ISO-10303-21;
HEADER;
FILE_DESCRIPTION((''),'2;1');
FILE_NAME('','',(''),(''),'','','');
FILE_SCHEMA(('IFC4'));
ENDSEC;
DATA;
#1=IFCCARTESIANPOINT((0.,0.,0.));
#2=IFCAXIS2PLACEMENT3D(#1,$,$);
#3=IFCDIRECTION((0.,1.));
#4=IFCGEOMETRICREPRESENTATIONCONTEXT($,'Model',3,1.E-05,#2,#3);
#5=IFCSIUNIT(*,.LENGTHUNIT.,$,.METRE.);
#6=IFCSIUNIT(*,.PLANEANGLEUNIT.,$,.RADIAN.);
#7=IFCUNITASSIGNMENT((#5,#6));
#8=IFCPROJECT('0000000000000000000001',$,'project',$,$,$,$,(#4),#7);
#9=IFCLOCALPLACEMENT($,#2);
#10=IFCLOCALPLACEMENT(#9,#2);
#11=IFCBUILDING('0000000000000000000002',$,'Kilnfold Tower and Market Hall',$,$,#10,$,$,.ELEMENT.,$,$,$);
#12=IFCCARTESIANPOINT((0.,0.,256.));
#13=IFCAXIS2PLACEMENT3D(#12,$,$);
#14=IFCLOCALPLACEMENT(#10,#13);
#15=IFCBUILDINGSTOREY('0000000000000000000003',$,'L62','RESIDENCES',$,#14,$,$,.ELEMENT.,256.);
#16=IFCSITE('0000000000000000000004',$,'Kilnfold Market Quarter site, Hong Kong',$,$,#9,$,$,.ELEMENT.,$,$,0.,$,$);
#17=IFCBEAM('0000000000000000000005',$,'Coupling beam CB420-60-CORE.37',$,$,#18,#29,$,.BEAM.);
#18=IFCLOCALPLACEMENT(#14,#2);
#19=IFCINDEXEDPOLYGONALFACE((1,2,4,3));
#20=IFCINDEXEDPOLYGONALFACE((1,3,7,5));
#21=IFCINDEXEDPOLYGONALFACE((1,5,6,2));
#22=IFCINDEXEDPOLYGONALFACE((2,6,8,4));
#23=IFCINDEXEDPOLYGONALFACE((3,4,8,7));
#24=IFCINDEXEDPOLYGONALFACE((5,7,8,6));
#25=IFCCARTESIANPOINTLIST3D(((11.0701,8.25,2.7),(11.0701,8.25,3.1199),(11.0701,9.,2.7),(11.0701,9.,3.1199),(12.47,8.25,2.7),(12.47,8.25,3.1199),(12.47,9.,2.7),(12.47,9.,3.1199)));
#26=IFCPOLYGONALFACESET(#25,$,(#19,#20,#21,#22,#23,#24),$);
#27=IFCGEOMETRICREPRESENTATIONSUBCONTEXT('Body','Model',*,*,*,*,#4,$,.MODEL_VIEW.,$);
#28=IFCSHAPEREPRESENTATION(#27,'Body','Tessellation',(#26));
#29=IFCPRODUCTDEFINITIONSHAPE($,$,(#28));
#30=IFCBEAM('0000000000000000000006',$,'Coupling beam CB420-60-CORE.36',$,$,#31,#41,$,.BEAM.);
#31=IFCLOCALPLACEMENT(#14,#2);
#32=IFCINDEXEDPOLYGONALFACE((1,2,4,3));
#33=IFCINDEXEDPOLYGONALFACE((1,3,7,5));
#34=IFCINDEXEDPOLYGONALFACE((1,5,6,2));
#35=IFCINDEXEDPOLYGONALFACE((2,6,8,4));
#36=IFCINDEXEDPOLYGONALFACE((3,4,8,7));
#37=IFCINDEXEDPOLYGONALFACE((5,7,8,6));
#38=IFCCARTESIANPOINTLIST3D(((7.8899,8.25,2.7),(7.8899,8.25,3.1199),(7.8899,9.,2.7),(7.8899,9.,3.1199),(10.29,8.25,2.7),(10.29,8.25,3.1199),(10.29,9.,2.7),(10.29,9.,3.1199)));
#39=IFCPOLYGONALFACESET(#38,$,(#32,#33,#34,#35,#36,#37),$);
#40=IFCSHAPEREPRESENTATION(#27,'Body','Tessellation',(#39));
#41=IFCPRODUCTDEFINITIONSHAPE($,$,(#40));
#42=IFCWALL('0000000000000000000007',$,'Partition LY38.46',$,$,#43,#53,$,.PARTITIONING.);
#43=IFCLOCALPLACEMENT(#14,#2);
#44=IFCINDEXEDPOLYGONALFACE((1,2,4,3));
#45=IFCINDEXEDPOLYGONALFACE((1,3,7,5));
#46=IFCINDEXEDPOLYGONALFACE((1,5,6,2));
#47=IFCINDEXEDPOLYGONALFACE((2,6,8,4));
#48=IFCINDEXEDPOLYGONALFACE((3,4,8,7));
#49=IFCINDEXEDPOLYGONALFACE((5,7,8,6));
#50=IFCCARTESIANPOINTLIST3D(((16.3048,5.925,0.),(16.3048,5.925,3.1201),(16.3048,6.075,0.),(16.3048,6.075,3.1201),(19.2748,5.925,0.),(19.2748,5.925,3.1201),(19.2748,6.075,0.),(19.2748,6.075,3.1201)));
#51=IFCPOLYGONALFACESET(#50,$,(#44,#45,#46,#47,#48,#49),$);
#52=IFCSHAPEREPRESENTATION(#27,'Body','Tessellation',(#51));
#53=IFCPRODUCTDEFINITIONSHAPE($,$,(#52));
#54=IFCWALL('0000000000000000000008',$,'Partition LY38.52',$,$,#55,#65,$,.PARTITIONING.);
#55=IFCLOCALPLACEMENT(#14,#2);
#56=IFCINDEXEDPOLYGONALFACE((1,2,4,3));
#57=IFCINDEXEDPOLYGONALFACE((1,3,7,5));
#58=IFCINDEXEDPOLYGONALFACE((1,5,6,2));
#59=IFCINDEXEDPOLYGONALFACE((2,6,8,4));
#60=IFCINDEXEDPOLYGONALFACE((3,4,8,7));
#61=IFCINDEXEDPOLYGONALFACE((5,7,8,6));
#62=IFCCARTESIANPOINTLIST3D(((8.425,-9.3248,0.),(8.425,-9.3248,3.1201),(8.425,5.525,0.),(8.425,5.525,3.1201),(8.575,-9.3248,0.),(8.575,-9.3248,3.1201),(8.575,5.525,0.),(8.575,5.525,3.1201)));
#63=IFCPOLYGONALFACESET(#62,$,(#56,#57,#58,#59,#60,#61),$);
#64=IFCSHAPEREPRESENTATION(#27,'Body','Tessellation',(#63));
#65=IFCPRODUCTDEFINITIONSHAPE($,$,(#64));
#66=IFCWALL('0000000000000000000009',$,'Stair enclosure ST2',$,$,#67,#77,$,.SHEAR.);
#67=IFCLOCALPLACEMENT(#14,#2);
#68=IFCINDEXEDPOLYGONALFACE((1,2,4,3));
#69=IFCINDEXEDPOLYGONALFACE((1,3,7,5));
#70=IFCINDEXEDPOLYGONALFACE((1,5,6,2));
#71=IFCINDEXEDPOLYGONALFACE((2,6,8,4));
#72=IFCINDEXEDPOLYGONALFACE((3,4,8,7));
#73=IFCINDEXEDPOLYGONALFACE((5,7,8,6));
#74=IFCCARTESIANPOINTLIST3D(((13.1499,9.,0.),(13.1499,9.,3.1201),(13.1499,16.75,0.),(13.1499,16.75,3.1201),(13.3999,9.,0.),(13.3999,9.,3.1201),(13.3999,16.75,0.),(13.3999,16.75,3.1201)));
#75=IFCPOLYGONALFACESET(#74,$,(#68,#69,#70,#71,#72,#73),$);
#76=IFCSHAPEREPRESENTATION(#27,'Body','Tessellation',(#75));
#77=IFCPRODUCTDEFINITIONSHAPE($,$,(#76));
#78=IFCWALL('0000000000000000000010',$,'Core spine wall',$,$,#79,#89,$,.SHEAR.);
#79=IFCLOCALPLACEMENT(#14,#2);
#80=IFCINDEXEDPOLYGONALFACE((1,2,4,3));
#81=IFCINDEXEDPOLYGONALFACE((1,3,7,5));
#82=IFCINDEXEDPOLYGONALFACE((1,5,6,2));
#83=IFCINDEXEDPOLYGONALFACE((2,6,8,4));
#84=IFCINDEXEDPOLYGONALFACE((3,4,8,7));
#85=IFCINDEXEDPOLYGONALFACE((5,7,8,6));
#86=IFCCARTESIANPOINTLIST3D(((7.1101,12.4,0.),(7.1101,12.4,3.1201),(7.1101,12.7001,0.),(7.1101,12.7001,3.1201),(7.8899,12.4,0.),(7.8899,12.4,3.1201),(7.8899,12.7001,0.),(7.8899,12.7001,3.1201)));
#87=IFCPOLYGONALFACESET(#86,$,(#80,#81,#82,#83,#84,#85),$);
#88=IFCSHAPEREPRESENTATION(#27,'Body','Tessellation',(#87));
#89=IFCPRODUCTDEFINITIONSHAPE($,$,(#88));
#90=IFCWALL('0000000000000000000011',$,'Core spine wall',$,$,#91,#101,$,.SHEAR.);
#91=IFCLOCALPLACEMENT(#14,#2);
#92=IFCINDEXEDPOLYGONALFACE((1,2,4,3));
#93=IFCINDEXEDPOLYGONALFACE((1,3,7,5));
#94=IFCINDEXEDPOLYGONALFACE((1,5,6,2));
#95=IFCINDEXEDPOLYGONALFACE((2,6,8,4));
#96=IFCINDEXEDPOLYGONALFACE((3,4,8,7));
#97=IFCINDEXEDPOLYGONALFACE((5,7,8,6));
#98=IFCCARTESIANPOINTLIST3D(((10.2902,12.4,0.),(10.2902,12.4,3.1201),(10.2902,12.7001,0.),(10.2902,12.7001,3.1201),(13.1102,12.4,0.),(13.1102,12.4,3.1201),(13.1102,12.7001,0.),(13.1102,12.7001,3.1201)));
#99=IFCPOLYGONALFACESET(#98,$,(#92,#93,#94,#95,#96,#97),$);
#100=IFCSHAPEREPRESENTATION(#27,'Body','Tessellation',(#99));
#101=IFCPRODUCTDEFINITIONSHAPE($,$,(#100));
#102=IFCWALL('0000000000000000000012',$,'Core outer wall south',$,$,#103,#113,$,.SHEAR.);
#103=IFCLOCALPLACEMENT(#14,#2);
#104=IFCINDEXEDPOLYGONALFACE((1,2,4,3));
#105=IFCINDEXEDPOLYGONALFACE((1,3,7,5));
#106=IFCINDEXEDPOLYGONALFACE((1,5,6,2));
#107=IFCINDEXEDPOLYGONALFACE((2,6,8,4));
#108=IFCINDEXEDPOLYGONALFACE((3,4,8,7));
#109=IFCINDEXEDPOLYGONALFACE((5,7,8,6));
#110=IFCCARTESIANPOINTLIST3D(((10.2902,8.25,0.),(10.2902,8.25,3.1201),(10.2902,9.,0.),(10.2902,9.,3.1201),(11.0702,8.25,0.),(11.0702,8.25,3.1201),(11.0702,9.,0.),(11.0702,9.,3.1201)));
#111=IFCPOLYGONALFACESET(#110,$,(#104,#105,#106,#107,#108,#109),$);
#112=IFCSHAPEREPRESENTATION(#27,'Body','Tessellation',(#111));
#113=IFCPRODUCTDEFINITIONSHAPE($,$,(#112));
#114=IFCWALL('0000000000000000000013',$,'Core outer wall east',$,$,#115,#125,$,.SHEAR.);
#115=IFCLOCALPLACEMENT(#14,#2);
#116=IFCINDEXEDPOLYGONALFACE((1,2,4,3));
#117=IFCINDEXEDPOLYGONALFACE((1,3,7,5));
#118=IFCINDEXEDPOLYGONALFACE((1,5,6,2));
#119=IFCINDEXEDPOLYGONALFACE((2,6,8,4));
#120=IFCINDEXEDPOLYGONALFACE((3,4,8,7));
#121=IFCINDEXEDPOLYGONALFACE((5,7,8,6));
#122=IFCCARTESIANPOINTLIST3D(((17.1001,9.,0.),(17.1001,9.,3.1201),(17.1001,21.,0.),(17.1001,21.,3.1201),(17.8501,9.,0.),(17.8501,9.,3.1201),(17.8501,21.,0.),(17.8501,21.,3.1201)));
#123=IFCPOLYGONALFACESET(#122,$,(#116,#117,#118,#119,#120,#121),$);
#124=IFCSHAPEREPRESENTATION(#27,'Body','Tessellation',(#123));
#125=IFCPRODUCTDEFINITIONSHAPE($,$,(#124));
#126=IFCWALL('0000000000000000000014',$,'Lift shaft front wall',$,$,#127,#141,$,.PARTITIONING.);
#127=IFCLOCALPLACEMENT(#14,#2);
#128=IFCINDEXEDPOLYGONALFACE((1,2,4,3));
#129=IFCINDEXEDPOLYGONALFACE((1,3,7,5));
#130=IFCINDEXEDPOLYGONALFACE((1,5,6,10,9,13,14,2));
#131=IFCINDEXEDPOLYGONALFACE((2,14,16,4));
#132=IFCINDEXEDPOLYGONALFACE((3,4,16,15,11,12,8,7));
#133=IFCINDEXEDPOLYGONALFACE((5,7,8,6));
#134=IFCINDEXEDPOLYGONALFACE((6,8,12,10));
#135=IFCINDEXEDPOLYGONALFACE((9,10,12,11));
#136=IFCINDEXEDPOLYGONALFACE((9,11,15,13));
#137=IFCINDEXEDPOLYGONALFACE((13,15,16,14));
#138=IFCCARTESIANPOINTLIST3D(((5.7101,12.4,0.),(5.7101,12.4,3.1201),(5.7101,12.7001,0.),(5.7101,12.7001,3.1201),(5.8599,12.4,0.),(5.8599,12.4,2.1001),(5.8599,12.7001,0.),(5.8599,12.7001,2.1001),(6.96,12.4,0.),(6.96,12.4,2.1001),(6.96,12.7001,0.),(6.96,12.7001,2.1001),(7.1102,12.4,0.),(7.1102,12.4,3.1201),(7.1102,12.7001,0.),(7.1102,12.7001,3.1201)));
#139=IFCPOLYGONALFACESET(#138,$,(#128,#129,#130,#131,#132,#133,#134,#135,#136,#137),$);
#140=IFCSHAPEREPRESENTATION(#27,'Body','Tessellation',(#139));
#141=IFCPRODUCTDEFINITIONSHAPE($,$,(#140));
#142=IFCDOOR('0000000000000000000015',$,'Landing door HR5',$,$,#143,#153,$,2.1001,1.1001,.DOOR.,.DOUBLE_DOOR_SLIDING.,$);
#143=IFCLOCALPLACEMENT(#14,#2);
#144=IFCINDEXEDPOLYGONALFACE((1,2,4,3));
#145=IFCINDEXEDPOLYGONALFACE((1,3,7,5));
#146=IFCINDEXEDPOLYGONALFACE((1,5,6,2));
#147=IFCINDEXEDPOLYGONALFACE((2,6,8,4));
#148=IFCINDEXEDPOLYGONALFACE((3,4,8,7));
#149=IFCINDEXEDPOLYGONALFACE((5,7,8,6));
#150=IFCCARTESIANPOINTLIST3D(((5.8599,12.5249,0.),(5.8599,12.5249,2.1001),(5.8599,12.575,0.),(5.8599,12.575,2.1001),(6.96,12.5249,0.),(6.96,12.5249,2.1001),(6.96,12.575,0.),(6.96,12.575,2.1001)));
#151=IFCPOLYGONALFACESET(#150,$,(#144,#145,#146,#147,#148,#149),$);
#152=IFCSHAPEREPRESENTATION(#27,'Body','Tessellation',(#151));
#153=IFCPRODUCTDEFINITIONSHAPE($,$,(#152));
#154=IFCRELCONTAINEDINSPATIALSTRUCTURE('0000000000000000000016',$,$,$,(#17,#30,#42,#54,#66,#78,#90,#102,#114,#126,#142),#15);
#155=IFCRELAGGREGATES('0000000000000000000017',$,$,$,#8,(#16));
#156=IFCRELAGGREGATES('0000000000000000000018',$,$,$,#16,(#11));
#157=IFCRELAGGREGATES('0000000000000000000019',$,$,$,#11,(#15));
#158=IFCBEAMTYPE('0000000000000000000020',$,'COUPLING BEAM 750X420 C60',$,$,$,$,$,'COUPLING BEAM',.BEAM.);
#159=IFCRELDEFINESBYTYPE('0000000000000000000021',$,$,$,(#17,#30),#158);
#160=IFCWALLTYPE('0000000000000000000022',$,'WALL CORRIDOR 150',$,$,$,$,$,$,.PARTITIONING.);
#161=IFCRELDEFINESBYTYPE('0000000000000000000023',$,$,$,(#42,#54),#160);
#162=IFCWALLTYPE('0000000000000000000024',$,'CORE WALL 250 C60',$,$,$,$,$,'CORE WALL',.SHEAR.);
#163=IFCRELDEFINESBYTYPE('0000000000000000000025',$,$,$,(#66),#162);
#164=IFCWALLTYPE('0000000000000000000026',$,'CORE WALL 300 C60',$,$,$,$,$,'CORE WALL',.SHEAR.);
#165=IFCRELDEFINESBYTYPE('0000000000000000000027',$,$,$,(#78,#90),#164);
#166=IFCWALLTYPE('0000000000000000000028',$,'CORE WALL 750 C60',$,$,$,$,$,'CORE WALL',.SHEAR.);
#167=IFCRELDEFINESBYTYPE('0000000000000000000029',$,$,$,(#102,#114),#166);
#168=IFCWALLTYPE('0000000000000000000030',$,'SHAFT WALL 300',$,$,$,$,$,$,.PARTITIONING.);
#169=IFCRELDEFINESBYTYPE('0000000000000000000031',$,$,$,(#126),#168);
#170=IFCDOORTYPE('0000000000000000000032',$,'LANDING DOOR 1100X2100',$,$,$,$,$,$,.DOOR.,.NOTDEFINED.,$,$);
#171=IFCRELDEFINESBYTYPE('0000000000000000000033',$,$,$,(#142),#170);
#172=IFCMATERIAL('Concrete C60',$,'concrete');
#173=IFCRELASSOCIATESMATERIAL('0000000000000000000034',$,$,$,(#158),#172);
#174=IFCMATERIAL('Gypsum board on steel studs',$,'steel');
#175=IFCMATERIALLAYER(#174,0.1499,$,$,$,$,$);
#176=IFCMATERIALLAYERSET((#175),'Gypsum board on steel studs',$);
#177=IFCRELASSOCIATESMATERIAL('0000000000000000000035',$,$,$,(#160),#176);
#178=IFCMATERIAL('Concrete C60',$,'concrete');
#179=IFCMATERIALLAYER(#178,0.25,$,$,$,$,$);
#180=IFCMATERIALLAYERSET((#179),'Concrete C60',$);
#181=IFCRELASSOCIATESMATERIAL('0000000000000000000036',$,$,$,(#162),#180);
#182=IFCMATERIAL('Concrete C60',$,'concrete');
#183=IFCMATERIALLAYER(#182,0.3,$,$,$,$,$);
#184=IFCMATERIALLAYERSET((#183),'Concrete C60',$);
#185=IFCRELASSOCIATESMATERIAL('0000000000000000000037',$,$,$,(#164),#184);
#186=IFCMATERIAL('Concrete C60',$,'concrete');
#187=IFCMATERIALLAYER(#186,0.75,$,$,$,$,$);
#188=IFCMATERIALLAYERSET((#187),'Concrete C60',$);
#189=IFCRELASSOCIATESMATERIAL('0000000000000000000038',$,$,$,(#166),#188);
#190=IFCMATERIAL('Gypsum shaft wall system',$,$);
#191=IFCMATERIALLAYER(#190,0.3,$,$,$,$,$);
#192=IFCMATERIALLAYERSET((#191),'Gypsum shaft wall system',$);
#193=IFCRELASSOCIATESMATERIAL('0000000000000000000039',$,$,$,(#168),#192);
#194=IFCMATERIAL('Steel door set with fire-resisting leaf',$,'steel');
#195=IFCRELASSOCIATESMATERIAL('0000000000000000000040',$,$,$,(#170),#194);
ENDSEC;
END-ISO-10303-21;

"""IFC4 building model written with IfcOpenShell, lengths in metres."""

from ifc_helpers import new_model, si_unit, direction, frame, frame_2d, origin, origin_2d, place, context, subcontext, project, spatial, rectangle, extrude, source, transform, mapped, material, layer, layer_set, material_profile, profile_set, type_object, element, fill, save


model = new_model("IFC4")

# Units and contexts
model_context = context("Model", 3, precision=1e-05, world=origin(), true_north=direction((0.0, 1.0)))
body_context = subcontext(model_context, "Body", "Model", "MODEL_VIEW")
ifc_project = project(units=[si_unit("LENGTHUNIT", "METRE"), si_unit("PLANEANGLEUNIT", "RADIAN")], contexts=[model_context])

# Site, building, storey
site_placement = place(None, origin())
site = spatial("IfcSite", under=ifc_project, at=site_placement, Name="Kilnfold Market Quarter site, Hong Kong", CompositionType="ELEMENT", RefElevation=0.0)
building_placement = place(site_placement, origin())
building = spatial("IfcBuilding", under=site, at=building_placement, Name="Kilnfold Tower and Market Hall", CompositionType="ELEMENT")
storey_placement = place(building_placement, frame((0.0, 0.0, 256.0)))
storey = spatial("IfcBuildingStorey", under=building, at=storey_placement, Name="L62", Description="RESIDENCES", CompositionType="ELEMENT", Elevation=256.0)

# Beams
ifc_material_1 = material(Name="Concrete C60", Category="concrete")
ifc_material_profile = material_profile(ifc_material_1, rectangle(XDim=0.75, YDim=0.4199, at=origin_2d()), Name="RC 750x420")
ifc_profile_set = profile_set([ifc_material_profile], Name="Concrete C60")
beam_type = type_object("IfcBeamType", Name="COUPLING BEAM 750X420 C60", ElementType="COUPLING BEAM", PredefinedType="BEAM", material=ifc_profile_set)
shared_shape_1 = source(origin(), body_context, "Body", "SweptSolid", [
    extrude(rectangle(XDim=0.75, YDim=0.4199, at=origin_2d()), origin(), (0.0, 0.0, 1.0), 1.3999),
])
beam_1_placement = place(storey_placement, frame((11.0701, 8.625, 2.9099), z_axis=(1.0, 0.0, 0.0), x_axis=(0.0, 1.0, 0.0)))
element("IfcBeam", 1, at=beam_1_placement, inside=storey, type_object=beam_type, Name="Coupling beam CB420-60-CORE.37", PredefinedType="BEAM", context=body_context, shape_type="MappedRepresentation", body=[
    mapped(shared_shape_1, transform((0.0, 0.0, 0.0))),
])
shared_shape_2 = source(origin(), body_context, "Body", "SweptSolid", [
    extrude(rectangle(XDim=0.75, YDim=0.4199, at=origin_2d()), origin(), (0.0, 0.0, 1.0), 2.4001),
])
beam_2_placement = place(storey_placement, frame((7.8899, 8.625, 2.9099), z_axis=(1.0, 0.0, 0.0), x_axis=(0.0, 1.0, 0.0)))
element("IfcBeam", 2, at=beam_2_placement, inside=storey, type_object=beam_type, Name="Coupling beam CB420-60-CORE.36", PredefinedType="BEAM", context=body_context, shape_type="MappedRepresentation", body=[
    mapped(shared_shape_2, transform((0.0, 0.0, 0.0))),
])

# Walls
ifc_material_2 = material(Name="Gypsum board on steel studs", Category="steel")
ifc_layer_1 = layer(ifc_material_2, 0.1499)
ifc_layer_set_1 = layer_set([ifc_layer_1], Name="Gypsum board on steel studs")
wall_type_1 = type_object("IfcWallType", Name="WALL CORRIDOR 150", PredefinedType="PARTITIONING", material=ifc_layer_set_1)
wall_1_placement = place(storey_placement, frame((16.3049, 6.0, 0.0), z_axis=(0.0, 0.0, 1.0), x_axis=(1.0, 0.0, 0.0)))
element("IfcWall", 3, at=wall_1_placement, inside=storey, type_object=wall_type_1, Name="Partition LY38.46", PredefinedType="PARTITIONING", context=body_context, shape_type="SweptSolid", body=[
    extrude(rectangle(XDim=2.97, YDim=0.1499, at=frame_2d((1.4849, 0.0))), origin(), (0.0, 0.0, 1.0), 3.1201),
])
wall_2_placement = place(storey_placement, frame((8.5, 5.5249, 0.0), z_axis=(0.0, 0.0, 1.0), x_axis=(0.0, -1.0, 0.0)))
element("IfcWall", 4, at=wall_2_placement, inside=storey, type_object=wall_type_1, Name="Partition LY38.52", PredefinedType="PARTITIONING", context=body_context, shape_type="SweptSolid", body=[
    extrude(rectangle(XDim=14.8499, YDim=0.1499, at=frame_2d((7.4248, 0.0))), origin(), (0.0, 0.0, 1.0), 3.1201),
])
ifc_material_3 = material(Name="Concrete C60", Category="concrete")
ifc_layer_2 = layer(ifc_material_3, 0.25)
ifc_layer_set_2 = layer_set([ifc_layer_2], Name="Concrete C60")
wall_type_2 = type_object("IfcWallType", Name="CORE WALL 250 C60", ElementType="CORE WALL", PredefinedType="SHEAR", material=ifc_layer_set_2)
shared_shape_3 = source(origin(), body_context, "Body", "SweptSolid", [
    extrude(rectangle(XDim=7.75, YDim=0.25, at=frame_2d((3.875, 0.0))), origin(), (0.0, 0.0, 1.0), 3.1201),
])
wall_3_placement = place(storey_placement, frame((13.2749, 9.0, 0.0), z_axis=(0.0, 0.0, 1.0), x_axis=(0.0, 1.0, 0.0)))
element("IfcWall", 5, at=wall_3_placement, inside=storey, type_object=wall_type_2, Name="Stair enclosure ST2", PredefinedType="SHEAR", context=body_context, shape_type="MappedRepresentation", body=[
    mapped(shared_shape_3, transform((0.0, 0.0, 0.0))),
])
ifc_material_4 = material(Name="Concrete C60", Category="concrete")
ifc_layer_3 = layer(ifc_material_4, 0.3)
ifc_layer_set_3 = layer_set([ifc_layer_3], Name="Concrete C60")
wall_type_3 = type_object("IfcWallType", Name="CORE WALL 300 C60", ElementType="CORE WALL", PredefinedType="SHEAR", material=ifc_layer_set_3)
shared_shape_4 = source(origin(), body_context, "Body", "SweptSolid", [
    extrude(rectangle(XDim=0.7798, YDim=0.3, at=frame_2d((0.3899, 0.0))), origin(), (0.0, 0.0, 1.0), 3.1201),
])
wall_4_placement = place(storey_placement, frame((7.1101, 12.55, 0.0), z_axis=(0.0, 0.0, 1.0), x_axis=(1.0, 0.0, 0.0)))
element("IfcWall", 6, at=wall_4_placement, inside=storey, type_object=wall_type_3, Name="Core spine wall", PredefinedType="SHEAR", context=body_context, shape_type="MappedRepresentation", body=[
    mapped(shared_shape_4, transform((0.0, 0.0, 0.0))),
])
shared_shape_5 = source(origin(), body_context, "Body", "SweptSolid", [
    extrude(rectangle(XDim=2.8201, YDim=0.3, at=frame_2d((1.4102, 0.0))), origin(), (0.0, 0.0, 1.0), 3.1201),
])
wall_5_placement = place(storey_placement, frame((10.29, 12.55, 0.0), z_axis=(0.0, 0.0, 1.0), x_axis=(1.0, 0.0, 0.0)))
element("IfcWall", 7, at=wall_5_placement, inside=storey, type_object=wall_type_3, Name="Core spine wall", PredefinedType="SHEAR", context=body_context, shape_type="MappedRepresentation", body=[
    mapped(shared_shape_5, transform((0.0, 0.0, 0.0))),
])
ifc_material_5 = material(Name="Concrete C60", Category="concrete")
ifc_layer_4 = layer(ifc_material_5, 0.75)
ifc_layer_set_4 = layer_set([ifc_layer_4], Name="Concrete C60")
wall_type_4 = type_object("IfcWallType", Name="CORE WALL 750 C60", ElementType="CORE WALL", PredefinedType="SHEAR", material=ifc_layer_set_4)
shared_shape_6 = source(origin(), body_context, "Body", "SweptSolid", [
    extrude(rectangle(XDim=0.78, YDim=0.75, at=frame_2d((0.3901, 0.0))), origin(), (0.0, 0.0, 1.0), 3.1201),
])
wall_6_placement = place(storey_placement, frame((10.29, 8.625, 0.0), z_axis=(0.0, 0.0, 1.0), x_axis=(1.0, 0.0, 0.0)))
element("IfcWall", 8, at=wall_6_placement, inside=storey, type_object=wall_type_4, Name="Core outer wall south", PredefinedType="SHEAR", context=body_context, shape_type="MappedRepresentation", body=[
    mapped(shared_shape_6, transform((0.0, 0.0, 0.0))),
])

# Wall
shared_shape_7 = source(origin(), body_context, "Body", "SweptSolid", [
    extrude(rectangle(XDim=12.0, YDim=0.75, at=frame_2d((6.0, 0.0))), origin(), (0.0, 0.0, 1.0), 3.1201),
])
wall_7_placement = place(storey_placement, frame((17.4751, 9.0, 0.0), z_axis=(0.0, 0.0, 1.0), x_axis=(0.0, 1.0, 0.0)))
element("IfcWall", 9, at=wall_7_placement, inside=storey, type_object=wall_type_4, Name="Core outer wall east", PredefinedType="SHEAR", context=body_context, shape_type="MappedRepresentation", body=[
    mapped(shared_shape_7, transform((0.0, 0.0, 0.0))),
])

# Wall, opening, door
ifc_material_6 = material(Name="Gypsum shaft wall system")
ifc_layer_5 = layer(ifc_material_6, 0.3)
ifc_layer_set_5 = layer_set([ifc_layer_5], Name="Gypsum shaft wall system")
wall_type_5 = type_object("IfcWallType", Name="SHAFT WALL 300", PredefinedType="PARTITIONING", material=ifc_layer_set_5)
shared_shape_8 = source(origin(), body_context, "Body", "SweptSolid", [
    extrude(rectangle(XDim=1.4001, YDim=0.3, at=frame_2d((0.7002, 0.0))), origin(), (0.0, 0.0, 1.0), 3.1201),
])
wall_8_placement = place(storey_placement, frame((5.71, 12.55, 0.0), z_axis=(0.0, 0.0, 1.0), x_axis=(1.0, 0.0, 0.0)))
wall_8 = element("IfcWall", 10, at=wall_8_placement, inside=storey, type_object=wall_type_5, Name="Lift shaft front wall", PredefinedType="PARTITIONING", context=body_context, shape_type="MappedRepresentation", body=[
    mapped(shared_shape_8, transform((0.0, 0.0, 0.0))),
])
opening_1_placement = place(wall_8_placement, frame((0.1499, 0.0, 0.0)))
opening_1 = element("IfcOpeningElement", 11, at=opening_1_placement, cuts=wall_8, PredefinedType="OPENING", context=body_context, shape_type="SweptSolid", body=[
    extrude(rectangle(XDim=1.1001, YDim=2.1001, at=frame_2d((0.55, 1.05))), frame((0.0, 0.1602, 0.0), z_axis=(0.0, -1.0, 0.0), x_axis=(1.0, 0.0, 0.0)), (0.0, 0.0, 1.0), 0.3201),
])
ifc_material_7 = material(Name="Steel door set with fire-resisting leaf", Category="steel")
door_type_1 = type_object("IfcDoorType", Name="LANDING DOOR 1100X2100", OperationType="NOTDEFINED", PredefinedType="DOOR", material=ifc_material_7)
door_1_placement = place(opening_1_placement, origin())
door_1 = element("IfcDoor", 12, at=door_1_placement, inside=storey, type_object=door_type_1, Name="Landing door HR5", OperationType="DOUBLE_DOOR_SLIDING", OverallHeight=2.1001, OverallWidth=1.1001, PredefinedType="DOOR", context=body_context, shape_type="SweptSolid", body=[
    extrude(rectangle(XDim=1.1001, YDim=2.1001, at=frame_2d((0.55, 1.05))), frame((0.0, 0.0249, 0.0), z_axis=(0.0, -1.0, 0.0), x_axis=(1.0, 0.0, 0.0)), (0.0, 0.0, 1.0), 0.05),
])
fill(opening_1, door_1)

save(model, "model.ifc")
